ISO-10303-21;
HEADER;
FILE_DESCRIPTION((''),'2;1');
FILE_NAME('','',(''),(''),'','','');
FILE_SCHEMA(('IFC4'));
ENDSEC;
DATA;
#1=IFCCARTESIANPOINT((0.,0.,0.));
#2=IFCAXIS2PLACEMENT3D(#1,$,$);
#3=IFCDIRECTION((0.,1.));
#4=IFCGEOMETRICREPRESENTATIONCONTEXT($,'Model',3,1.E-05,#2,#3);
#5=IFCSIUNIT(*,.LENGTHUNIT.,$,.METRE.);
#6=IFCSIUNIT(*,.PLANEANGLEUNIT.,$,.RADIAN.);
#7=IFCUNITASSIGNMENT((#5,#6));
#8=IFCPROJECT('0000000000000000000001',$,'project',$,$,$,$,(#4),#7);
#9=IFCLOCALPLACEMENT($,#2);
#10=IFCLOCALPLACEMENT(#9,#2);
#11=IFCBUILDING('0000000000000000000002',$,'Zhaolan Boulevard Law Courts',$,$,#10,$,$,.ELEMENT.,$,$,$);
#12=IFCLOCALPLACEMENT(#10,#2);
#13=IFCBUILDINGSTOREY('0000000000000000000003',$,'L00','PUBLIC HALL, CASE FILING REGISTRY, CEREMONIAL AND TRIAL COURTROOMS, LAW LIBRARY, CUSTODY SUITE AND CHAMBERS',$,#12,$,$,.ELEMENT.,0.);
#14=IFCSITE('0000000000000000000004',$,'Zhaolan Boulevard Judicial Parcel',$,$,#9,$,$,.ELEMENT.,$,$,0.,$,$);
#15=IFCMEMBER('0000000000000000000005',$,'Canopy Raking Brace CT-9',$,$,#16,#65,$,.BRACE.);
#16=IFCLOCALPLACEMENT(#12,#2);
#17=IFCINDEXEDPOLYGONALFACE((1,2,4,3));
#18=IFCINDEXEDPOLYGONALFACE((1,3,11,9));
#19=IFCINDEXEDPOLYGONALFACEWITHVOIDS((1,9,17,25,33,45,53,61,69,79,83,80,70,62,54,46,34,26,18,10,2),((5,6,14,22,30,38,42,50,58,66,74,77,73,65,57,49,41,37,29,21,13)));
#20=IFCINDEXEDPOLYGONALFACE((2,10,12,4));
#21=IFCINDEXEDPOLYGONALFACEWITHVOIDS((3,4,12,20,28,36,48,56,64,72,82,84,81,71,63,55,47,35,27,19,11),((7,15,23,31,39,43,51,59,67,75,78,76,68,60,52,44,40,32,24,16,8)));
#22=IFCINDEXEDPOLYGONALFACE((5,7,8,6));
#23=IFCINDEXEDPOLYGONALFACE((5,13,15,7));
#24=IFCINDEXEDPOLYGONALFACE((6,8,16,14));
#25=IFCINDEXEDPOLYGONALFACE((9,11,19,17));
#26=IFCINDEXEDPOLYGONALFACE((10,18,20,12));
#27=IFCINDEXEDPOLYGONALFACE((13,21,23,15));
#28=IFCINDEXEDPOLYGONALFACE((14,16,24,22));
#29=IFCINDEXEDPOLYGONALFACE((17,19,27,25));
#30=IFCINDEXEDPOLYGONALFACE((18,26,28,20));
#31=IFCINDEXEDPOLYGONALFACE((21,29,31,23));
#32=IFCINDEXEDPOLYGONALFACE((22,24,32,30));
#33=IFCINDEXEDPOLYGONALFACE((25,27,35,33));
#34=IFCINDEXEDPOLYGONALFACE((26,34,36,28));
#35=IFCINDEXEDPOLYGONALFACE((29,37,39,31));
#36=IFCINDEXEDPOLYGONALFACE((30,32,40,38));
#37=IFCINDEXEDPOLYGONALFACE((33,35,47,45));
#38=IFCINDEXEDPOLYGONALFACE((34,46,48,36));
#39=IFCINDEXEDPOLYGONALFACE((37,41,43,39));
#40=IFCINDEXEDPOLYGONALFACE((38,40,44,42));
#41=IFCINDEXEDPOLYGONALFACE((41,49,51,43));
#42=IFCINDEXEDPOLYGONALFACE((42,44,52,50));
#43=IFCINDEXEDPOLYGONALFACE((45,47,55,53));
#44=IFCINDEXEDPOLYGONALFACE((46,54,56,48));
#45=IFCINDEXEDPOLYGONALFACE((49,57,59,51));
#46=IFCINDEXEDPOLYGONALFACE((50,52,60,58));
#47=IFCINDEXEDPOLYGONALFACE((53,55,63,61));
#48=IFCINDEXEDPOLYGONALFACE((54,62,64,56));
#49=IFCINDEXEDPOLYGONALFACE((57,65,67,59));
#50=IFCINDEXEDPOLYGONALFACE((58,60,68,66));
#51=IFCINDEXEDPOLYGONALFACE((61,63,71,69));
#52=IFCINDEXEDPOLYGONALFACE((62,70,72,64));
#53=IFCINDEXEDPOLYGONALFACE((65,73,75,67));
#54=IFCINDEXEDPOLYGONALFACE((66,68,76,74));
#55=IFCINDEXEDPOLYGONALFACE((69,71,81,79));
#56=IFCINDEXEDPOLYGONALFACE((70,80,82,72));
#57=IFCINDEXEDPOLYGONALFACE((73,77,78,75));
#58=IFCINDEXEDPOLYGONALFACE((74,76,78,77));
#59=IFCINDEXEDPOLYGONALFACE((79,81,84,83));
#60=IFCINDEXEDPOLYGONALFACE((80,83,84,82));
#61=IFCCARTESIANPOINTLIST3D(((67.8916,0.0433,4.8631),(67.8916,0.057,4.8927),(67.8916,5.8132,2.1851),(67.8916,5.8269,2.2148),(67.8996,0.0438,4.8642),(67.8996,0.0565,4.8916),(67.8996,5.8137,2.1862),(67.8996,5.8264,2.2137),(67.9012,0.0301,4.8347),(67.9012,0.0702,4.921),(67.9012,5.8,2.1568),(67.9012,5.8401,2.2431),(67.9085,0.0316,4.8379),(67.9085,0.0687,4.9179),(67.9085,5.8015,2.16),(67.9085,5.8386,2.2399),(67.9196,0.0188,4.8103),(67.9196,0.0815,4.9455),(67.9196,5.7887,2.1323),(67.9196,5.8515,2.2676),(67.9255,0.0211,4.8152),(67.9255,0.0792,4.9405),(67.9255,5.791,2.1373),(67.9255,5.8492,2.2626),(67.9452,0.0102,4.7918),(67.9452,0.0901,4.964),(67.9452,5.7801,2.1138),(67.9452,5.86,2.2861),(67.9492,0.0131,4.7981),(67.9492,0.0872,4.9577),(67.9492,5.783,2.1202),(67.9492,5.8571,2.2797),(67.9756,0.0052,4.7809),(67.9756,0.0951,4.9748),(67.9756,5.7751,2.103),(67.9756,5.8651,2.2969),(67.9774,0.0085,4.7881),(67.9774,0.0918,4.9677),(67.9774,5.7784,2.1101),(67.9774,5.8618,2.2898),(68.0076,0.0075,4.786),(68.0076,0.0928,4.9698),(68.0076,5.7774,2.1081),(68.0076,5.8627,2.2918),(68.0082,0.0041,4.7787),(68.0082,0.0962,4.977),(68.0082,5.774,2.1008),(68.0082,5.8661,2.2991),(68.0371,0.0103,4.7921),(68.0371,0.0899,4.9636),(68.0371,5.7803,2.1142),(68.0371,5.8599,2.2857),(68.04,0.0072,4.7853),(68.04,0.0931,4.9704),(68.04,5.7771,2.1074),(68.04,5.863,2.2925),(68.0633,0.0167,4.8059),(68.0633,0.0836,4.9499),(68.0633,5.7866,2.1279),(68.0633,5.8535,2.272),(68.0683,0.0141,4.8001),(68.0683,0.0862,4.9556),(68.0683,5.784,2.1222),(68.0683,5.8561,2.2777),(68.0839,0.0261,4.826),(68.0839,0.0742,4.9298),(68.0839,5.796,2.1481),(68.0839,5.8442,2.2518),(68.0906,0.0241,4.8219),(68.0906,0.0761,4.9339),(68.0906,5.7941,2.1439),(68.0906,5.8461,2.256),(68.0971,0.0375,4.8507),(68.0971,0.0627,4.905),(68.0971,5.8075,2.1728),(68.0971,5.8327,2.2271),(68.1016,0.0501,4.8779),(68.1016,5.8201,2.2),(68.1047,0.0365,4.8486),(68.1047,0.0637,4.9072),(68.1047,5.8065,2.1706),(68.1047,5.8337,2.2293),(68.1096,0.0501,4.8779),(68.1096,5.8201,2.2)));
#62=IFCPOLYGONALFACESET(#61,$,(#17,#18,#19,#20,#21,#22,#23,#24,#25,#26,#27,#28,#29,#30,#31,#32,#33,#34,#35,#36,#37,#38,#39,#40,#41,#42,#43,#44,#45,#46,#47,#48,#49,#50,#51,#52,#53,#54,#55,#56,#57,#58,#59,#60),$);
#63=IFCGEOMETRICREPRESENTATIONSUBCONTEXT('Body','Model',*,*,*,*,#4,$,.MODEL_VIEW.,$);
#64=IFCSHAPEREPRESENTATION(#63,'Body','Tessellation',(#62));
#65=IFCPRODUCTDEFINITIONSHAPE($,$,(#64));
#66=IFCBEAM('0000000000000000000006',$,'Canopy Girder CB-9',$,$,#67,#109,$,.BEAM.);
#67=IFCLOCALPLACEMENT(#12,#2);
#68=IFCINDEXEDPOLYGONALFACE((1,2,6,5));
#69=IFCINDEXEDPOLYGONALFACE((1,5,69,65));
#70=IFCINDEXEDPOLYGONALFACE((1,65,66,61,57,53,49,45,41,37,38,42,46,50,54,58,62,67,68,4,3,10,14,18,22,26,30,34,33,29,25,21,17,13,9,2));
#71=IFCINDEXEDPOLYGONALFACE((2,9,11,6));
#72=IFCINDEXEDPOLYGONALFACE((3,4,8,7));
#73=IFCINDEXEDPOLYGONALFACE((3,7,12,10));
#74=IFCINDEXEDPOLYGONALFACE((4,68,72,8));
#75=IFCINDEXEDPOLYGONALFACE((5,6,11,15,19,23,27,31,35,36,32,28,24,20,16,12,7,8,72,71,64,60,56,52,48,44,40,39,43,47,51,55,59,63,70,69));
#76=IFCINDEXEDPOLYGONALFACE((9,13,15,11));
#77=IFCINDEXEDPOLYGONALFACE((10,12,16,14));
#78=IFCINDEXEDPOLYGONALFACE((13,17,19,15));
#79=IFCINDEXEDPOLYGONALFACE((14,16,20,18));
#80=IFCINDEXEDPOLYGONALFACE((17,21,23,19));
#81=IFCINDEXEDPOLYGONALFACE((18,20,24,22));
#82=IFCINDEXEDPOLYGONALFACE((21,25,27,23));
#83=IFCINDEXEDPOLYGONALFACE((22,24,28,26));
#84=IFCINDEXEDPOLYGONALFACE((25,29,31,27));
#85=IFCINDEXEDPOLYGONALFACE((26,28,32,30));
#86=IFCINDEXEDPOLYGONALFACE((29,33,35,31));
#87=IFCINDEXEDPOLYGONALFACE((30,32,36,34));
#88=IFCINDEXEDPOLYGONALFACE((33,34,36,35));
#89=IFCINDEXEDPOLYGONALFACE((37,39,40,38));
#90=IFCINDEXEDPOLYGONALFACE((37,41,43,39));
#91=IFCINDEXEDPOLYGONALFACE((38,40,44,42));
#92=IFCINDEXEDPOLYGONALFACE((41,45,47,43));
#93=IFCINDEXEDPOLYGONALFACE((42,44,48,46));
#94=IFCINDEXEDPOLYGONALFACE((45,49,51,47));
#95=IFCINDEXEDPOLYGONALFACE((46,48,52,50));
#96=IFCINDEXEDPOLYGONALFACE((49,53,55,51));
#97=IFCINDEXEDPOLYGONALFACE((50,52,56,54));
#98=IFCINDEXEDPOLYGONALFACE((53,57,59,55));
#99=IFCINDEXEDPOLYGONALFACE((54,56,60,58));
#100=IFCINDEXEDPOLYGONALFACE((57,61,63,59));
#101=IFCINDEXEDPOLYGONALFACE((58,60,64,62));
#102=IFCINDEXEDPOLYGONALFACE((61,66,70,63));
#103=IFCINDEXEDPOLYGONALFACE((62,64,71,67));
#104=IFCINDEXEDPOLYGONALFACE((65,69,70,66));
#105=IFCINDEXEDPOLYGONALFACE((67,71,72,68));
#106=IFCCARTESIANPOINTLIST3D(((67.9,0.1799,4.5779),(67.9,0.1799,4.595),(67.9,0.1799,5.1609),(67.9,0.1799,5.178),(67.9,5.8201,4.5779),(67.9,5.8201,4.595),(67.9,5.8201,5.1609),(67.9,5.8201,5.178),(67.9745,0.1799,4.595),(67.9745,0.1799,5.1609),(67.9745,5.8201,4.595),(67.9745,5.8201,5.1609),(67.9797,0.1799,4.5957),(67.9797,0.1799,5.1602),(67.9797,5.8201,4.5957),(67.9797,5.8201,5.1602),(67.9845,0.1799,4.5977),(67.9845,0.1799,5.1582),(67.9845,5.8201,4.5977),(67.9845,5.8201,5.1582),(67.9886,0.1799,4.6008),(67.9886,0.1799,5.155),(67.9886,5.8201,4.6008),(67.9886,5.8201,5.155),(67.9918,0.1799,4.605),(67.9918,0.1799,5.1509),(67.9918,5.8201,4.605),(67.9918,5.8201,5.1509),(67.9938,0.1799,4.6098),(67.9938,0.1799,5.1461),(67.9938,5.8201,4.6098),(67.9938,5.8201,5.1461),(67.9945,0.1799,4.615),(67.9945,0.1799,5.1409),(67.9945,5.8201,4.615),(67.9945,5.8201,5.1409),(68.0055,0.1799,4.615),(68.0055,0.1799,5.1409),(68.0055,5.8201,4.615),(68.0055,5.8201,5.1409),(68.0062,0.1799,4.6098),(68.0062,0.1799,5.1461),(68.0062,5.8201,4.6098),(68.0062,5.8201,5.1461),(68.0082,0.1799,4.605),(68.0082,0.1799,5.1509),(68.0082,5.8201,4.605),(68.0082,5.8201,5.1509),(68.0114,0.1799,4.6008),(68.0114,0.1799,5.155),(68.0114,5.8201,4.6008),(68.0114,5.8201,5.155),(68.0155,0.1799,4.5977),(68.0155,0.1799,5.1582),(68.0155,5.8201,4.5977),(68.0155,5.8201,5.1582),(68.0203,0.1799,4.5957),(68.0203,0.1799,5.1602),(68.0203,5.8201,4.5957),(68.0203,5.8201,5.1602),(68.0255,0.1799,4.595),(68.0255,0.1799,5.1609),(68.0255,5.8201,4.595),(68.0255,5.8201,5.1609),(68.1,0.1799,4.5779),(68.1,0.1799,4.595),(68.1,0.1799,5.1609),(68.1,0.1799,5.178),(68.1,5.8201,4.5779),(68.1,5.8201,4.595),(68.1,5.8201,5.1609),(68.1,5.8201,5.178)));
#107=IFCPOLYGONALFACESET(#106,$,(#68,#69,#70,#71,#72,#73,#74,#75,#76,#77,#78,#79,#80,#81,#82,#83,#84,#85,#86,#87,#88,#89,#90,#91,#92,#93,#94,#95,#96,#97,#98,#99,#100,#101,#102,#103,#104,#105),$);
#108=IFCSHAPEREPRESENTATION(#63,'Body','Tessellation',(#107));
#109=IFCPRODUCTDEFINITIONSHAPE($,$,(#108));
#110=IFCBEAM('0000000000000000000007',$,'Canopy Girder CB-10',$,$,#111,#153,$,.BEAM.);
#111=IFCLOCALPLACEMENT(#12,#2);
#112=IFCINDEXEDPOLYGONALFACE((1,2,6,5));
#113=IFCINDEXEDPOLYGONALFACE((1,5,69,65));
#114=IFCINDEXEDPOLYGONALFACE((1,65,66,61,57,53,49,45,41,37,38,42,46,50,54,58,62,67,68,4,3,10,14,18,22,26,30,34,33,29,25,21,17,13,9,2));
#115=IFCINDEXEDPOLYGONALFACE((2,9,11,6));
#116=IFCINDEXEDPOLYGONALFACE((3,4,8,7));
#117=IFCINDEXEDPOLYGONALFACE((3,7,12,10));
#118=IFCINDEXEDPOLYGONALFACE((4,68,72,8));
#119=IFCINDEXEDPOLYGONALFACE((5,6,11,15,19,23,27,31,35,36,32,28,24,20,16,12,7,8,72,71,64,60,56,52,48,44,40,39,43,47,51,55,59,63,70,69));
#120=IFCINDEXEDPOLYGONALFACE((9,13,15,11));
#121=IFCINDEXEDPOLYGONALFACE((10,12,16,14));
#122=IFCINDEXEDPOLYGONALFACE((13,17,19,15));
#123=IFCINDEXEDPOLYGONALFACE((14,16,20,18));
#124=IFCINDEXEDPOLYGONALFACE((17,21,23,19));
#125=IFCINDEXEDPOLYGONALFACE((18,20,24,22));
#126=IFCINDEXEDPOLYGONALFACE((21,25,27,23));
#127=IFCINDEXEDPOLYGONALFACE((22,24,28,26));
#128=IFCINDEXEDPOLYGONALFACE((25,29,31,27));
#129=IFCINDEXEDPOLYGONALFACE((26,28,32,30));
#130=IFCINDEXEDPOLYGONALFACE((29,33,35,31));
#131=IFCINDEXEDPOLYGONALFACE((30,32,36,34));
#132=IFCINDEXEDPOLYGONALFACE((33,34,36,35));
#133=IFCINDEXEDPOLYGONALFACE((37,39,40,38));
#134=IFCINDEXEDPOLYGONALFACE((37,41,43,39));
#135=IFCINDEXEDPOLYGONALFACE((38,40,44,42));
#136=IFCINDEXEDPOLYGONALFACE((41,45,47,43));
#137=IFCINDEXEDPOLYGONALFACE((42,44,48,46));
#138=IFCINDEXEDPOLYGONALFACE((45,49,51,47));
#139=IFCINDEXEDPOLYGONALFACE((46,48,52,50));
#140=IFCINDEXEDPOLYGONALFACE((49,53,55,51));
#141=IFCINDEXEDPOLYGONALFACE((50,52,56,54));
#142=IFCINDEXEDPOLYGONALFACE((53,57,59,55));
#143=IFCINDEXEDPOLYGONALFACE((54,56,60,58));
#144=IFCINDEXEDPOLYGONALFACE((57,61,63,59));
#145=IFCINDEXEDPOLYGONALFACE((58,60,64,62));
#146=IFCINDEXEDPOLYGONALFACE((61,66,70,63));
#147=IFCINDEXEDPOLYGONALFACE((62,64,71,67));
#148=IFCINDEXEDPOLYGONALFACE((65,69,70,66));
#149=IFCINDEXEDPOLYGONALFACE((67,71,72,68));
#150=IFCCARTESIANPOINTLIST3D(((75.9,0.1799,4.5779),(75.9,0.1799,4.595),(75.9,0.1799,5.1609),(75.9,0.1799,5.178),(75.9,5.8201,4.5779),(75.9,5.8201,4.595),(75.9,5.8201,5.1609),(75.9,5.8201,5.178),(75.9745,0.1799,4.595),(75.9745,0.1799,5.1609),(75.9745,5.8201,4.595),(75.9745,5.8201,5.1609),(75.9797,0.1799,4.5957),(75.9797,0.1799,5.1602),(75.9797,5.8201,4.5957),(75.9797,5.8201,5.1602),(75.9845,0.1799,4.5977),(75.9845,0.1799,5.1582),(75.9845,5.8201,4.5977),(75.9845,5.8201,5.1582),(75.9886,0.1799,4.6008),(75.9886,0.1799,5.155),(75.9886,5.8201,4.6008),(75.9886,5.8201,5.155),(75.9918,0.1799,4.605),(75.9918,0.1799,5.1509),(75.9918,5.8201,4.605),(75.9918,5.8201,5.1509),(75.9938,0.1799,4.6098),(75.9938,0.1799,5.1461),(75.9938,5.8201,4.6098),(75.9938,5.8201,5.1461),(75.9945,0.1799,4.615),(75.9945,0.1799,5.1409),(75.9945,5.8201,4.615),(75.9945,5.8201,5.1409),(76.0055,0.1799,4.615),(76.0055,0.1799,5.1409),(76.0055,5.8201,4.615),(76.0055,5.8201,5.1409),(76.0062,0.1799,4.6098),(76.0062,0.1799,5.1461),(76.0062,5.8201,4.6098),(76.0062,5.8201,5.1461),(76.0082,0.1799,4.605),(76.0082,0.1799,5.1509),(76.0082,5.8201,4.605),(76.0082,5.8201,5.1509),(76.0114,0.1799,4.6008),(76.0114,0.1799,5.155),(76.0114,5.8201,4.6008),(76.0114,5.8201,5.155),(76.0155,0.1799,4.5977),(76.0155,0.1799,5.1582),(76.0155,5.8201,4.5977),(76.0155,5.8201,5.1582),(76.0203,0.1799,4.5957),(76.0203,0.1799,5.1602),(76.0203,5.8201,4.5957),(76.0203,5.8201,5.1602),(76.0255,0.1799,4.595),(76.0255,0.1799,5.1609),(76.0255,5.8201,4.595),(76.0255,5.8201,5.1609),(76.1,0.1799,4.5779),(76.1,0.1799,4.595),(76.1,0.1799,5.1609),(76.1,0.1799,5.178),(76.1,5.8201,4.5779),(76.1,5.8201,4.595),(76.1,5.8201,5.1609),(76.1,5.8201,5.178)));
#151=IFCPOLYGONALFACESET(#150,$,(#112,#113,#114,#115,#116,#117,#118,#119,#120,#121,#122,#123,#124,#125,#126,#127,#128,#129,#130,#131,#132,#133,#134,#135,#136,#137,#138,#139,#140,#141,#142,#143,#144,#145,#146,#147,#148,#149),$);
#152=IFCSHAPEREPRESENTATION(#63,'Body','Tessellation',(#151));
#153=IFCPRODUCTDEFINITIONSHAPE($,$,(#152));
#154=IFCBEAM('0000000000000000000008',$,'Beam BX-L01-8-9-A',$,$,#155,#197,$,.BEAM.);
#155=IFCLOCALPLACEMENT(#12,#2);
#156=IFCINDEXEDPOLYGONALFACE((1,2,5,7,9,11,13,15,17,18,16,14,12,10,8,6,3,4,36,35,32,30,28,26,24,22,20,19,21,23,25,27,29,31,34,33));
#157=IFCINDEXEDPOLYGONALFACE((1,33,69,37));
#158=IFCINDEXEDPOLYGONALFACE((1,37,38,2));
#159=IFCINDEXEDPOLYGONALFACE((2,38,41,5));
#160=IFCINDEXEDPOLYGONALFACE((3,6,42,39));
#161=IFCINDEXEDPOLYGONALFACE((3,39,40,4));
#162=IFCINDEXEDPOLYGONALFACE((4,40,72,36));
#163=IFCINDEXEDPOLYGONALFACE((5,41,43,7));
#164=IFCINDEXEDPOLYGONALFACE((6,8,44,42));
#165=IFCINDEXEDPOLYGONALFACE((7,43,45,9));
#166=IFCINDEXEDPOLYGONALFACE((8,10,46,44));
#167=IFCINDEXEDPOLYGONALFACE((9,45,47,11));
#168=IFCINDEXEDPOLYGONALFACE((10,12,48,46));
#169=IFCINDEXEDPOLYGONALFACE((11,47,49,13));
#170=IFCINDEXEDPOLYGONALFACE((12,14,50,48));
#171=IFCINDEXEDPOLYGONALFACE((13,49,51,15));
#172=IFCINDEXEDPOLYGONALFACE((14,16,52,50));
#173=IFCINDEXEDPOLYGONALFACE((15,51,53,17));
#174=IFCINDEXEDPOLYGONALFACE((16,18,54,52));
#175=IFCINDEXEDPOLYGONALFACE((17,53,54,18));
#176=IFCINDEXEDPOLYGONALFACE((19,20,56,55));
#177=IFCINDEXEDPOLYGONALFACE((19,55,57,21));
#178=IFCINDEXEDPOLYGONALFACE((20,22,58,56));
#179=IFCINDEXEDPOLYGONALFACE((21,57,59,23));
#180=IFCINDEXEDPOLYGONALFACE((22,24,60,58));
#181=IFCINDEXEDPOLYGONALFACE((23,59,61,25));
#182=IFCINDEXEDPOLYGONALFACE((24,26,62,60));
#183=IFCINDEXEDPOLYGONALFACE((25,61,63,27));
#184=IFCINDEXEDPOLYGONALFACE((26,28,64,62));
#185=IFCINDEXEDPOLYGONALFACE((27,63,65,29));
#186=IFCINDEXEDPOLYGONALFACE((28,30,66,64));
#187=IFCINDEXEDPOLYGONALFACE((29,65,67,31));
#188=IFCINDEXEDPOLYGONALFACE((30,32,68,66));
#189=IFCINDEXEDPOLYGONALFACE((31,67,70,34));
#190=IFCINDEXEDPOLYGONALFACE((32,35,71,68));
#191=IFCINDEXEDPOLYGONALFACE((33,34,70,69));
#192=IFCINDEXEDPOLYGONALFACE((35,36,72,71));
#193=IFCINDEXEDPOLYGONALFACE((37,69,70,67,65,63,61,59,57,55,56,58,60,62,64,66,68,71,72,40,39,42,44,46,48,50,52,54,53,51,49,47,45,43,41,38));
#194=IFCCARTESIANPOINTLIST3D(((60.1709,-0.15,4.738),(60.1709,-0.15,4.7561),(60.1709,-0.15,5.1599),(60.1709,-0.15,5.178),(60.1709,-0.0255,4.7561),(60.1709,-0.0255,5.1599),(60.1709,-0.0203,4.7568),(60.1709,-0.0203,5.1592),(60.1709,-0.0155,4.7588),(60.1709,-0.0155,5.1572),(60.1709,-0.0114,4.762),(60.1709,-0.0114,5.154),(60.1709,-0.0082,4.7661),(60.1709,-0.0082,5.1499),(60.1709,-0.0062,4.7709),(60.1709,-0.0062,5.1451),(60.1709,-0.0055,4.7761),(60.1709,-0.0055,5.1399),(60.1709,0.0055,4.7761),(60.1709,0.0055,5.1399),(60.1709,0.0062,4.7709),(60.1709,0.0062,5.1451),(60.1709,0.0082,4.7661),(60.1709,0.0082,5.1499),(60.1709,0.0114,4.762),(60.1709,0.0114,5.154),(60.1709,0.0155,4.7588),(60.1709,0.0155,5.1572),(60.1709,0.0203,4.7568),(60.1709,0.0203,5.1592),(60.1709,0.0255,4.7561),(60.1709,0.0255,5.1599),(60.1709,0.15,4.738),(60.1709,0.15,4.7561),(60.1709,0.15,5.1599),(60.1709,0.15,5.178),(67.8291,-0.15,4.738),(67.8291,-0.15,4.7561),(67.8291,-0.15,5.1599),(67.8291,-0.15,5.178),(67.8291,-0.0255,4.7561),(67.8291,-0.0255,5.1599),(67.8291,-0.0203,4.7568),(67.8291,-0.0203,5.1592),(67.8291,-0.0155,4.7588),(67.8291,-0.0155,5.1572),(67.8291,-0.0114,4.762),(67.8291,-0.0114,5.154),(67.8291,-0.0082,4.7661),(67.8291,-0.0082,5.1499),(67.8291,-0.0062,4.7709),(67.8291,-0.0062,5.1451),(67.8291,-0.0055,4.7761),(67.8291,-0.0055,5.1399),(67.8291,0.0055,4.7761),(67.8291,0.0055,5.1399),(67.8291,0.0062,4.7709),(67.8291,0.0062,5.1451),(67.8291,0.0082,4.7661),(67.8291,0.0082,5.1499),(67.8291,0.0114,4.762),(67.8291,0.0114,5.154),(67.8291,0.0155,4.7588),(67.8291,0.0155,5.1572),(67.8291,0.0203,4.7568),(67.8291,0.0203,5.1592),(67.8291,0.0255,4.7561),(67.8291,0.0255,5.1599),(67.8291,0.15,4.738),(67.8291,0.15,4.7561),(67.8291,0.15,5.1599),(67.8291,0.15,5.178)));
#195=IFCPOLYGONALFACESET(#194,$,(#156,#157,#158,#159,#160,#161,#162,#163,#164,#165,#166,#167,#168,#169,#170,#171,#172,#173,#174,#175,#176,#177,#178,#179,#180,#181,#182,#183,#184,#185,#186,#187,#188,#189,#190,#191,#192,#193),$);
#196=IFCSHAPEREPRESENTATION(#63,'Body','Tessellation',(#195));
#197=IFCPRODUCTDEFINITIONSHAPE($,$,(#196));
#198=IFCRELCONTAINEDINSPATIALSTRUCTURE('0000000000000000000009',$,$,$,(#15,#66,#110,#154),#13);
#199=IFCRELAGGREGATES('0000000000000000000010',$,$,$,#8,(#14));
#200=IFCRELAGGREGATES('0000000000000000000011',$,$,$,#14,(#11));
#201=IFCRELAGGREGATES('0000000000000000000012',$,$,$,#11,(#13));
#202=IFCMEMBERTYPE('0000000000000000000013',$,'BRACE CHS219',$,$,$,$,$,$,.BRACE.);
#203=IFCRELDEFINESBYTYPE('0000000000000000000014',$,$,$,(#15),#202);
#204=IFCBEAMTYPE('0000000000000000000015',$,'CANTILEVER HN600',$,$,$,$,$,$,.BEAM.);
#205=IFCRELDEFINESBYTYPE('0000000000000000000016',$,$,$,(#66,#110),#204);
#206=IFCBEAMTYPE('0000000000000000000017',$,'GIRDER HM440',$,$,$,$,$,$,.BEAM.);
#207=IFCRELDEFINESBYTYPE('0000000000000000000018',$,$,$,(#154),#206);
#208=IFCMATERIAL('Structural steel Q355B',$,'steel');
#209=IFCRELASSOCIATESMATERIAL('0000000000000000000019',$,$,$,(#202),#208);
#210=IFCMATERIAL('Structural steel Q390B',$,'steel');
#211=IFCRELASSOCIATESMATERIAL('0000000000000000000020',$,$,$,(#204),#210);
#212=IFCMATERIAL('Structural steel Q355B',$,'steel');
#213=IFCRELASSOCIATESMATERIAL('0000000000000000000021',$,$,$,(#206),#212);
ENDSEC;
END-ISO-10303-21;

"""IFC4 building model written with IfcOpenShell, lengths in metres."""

from ifc_helpers import new_model, si_unit, direction, frame, origin, origin_2d, place, context, subcontext, project, spatial, hollow_circle, i_section, extrude, material, material_profile, profile_set, type_object, element, save


model = new_model("IFC4")

# Units and contexts
model_context = context("Model", 3, precision=1e-05, world=origin(), true_north=direction((0.0, 1.0)))
body_context = subcontext(model_context, "Body", "Model", "MODEL_VIEW")
ifc_project = project(units=[si_unit("LENGTHUNIT", "METRE"), si_unit("PLANEANGLEUNIT", "RADIAN")], contexts=[model_context])

# Site, building, storey
site_placement = place(None, origin())
site = spatial("IfcSite", under=ifc_project, at=site_placement, Name="Zhaolan Boulevard Judicial Parcel", CompositionType="ELEMENT", RefElevation=0.0)
building_placement = place(site_placement, origin())
building = spatial("IfcBuilding", under=site, at=building_placement, Name="Zhaolan Boulevard Law Courts", CompositionType="ELEMENT")
storey_placement = place(building_placement, origin())
storey = spatial("IfcBuildingStorey", under=building, at=storey_placement, Name="L00", Description="PUBLIC HALL, CASE FILING REGISTRY, CEREMONIAL AND TRIAL COURTROOMS, LAW LIBRARY, CUSTODY SUITE AND CHAMBERS", CompositionType="ELEMENT", Elevation=0.0)

# Member
ifc_material_1 = material(Name="Structural steel Q355B", Category="steel")
ifc_material_profile_1 = material_profile(ifc_material_1, hollow_circle(Radius=0.1096, WallThickness=0.0081, at=origin_2d()), Name="CHS219x8")
ifc_profile_set_1 = profile_set([ifc_material_profile_1], Name="Structural steel Q355B")
member_type = type_object("IfcMemberType", Name="BRACE CHS219", PredefinedType="BRACE", material=ifc_profile_set_1)
member_placement = place(storey_placement, frame((68.0, 5.8201, 2.2), z_axis=(0.0, -0.907067, 0.420987), x_axis=(1.0, 0.0, 0.0)))
element("IfcMember", 1, at=member_placement, inside=storey, type_object=member_type, Name="Canopy Raking Brace CT-9", PredefinedType="BRACE", context=body_context, shape_type="SweptSolid", body=[
    extrude(hollow_circle(Radius=0.1096, WallThickness=0.0081, at=origin_2d()), origin(), (0.0, 0.0, 1.0), 6.3611),
])

# Beams
ifc_material_2 = material(Name="Structural steel Q390B", Category="steel")
ifc_material_profile_2 = material_profile(ifc_material_2, i_section(OverallWidth=0.2, OverallDepth=0.6001, WebThickness=0.011, FlangeThickness=0.0171, FilletRadius=0.02, at=origin_2d()), Name="HN600x200")
ifc_profile_set_2 = profile_set([ifc_material_profile_2], Name="Structural steel Q390B")
beam_type_1 = type_object("IfcBeamType", Name="CANTILEVER HN600", PredefinedType="BEAM", material=ifc_profile_set_2)
for number, where, z_axis, x_axis, name in (
    (2, (68.0, 0.1799, 4.8779), (0.0, 1.0, 0.0), (-1.0, 0.0, 0.0), "Canopy Girder CB-9"),
    (3, (76.0, 0.1799, 4.8779), (0.0, 1.0, 0.0), (-1.0, 0.0, 0.0), "Canopy Girder CB-10"),
):
    element("IfcBeam", number, at=place(storey_placement, frame(where, z_axis=z_axis, x_axis=x_axis)), inside=storey, type_object=beam_type_1, Name=name, PredefinedType="BEAM", context=body_context, shape_type="SweptSolid", body=[
        extrude(i_section(OverallWidth=0.2, OverallDepth=0.6001, WebThickness=0.011, FlangeThickness=0.0171, FilletRadius=0.02, at=origin_2d()), origin(), (0.0, 0.0, 1.0), 5.6401),
    ])
ifc_material_3 = material(Name="Structural steel Q355B", Category="steel")
ifc_material_profile_3 = material_profile(ifc_material_3, i_section(OverallWidth=0.3, OverallDepth=0.4399, WebThickness=0.011, FlangeThickness=0.0181, FilletRadius=0.02, at=origin_2d()), Name="HM440x300")
ifc_profile_set_3 = profile_set([ifc_material_profile_3], Name="Structural steel Q355B")
beam_type_2 = type_object("IfcBeamType", Name="GIRDER HM440", PredefinedType="BEAM", material=ifc_profile_set_3)
for number, where, z_axis, x_axis, name in (
    (4, (60.1709, 0.0, 4.958), (1.0, 0.0, 0.0), (0.0, 1.0, 0.0), "Beam BX-L01-8-9-A"),
):
    element("IfcBeam", number, at=place(storey_placement, frame(where, z_axis=z_axis, x_axis=x_axis)), inside=storey, type_object=beam_type_2, Name=name, PredefinedType="BEAM", context=body_context, shape_type="SweptSolid", body=[
        extrude(i_section(OverallWidth=0.3, OverallDepth=0.4399, WebThickness=0.011, FlangeThickness=0.0181, FilletRadius=0.02, at=origin_2d()), origin(), (0.0, 0.0, 1.0), 7.6582),
    ])

save(model, "model.ifc")
